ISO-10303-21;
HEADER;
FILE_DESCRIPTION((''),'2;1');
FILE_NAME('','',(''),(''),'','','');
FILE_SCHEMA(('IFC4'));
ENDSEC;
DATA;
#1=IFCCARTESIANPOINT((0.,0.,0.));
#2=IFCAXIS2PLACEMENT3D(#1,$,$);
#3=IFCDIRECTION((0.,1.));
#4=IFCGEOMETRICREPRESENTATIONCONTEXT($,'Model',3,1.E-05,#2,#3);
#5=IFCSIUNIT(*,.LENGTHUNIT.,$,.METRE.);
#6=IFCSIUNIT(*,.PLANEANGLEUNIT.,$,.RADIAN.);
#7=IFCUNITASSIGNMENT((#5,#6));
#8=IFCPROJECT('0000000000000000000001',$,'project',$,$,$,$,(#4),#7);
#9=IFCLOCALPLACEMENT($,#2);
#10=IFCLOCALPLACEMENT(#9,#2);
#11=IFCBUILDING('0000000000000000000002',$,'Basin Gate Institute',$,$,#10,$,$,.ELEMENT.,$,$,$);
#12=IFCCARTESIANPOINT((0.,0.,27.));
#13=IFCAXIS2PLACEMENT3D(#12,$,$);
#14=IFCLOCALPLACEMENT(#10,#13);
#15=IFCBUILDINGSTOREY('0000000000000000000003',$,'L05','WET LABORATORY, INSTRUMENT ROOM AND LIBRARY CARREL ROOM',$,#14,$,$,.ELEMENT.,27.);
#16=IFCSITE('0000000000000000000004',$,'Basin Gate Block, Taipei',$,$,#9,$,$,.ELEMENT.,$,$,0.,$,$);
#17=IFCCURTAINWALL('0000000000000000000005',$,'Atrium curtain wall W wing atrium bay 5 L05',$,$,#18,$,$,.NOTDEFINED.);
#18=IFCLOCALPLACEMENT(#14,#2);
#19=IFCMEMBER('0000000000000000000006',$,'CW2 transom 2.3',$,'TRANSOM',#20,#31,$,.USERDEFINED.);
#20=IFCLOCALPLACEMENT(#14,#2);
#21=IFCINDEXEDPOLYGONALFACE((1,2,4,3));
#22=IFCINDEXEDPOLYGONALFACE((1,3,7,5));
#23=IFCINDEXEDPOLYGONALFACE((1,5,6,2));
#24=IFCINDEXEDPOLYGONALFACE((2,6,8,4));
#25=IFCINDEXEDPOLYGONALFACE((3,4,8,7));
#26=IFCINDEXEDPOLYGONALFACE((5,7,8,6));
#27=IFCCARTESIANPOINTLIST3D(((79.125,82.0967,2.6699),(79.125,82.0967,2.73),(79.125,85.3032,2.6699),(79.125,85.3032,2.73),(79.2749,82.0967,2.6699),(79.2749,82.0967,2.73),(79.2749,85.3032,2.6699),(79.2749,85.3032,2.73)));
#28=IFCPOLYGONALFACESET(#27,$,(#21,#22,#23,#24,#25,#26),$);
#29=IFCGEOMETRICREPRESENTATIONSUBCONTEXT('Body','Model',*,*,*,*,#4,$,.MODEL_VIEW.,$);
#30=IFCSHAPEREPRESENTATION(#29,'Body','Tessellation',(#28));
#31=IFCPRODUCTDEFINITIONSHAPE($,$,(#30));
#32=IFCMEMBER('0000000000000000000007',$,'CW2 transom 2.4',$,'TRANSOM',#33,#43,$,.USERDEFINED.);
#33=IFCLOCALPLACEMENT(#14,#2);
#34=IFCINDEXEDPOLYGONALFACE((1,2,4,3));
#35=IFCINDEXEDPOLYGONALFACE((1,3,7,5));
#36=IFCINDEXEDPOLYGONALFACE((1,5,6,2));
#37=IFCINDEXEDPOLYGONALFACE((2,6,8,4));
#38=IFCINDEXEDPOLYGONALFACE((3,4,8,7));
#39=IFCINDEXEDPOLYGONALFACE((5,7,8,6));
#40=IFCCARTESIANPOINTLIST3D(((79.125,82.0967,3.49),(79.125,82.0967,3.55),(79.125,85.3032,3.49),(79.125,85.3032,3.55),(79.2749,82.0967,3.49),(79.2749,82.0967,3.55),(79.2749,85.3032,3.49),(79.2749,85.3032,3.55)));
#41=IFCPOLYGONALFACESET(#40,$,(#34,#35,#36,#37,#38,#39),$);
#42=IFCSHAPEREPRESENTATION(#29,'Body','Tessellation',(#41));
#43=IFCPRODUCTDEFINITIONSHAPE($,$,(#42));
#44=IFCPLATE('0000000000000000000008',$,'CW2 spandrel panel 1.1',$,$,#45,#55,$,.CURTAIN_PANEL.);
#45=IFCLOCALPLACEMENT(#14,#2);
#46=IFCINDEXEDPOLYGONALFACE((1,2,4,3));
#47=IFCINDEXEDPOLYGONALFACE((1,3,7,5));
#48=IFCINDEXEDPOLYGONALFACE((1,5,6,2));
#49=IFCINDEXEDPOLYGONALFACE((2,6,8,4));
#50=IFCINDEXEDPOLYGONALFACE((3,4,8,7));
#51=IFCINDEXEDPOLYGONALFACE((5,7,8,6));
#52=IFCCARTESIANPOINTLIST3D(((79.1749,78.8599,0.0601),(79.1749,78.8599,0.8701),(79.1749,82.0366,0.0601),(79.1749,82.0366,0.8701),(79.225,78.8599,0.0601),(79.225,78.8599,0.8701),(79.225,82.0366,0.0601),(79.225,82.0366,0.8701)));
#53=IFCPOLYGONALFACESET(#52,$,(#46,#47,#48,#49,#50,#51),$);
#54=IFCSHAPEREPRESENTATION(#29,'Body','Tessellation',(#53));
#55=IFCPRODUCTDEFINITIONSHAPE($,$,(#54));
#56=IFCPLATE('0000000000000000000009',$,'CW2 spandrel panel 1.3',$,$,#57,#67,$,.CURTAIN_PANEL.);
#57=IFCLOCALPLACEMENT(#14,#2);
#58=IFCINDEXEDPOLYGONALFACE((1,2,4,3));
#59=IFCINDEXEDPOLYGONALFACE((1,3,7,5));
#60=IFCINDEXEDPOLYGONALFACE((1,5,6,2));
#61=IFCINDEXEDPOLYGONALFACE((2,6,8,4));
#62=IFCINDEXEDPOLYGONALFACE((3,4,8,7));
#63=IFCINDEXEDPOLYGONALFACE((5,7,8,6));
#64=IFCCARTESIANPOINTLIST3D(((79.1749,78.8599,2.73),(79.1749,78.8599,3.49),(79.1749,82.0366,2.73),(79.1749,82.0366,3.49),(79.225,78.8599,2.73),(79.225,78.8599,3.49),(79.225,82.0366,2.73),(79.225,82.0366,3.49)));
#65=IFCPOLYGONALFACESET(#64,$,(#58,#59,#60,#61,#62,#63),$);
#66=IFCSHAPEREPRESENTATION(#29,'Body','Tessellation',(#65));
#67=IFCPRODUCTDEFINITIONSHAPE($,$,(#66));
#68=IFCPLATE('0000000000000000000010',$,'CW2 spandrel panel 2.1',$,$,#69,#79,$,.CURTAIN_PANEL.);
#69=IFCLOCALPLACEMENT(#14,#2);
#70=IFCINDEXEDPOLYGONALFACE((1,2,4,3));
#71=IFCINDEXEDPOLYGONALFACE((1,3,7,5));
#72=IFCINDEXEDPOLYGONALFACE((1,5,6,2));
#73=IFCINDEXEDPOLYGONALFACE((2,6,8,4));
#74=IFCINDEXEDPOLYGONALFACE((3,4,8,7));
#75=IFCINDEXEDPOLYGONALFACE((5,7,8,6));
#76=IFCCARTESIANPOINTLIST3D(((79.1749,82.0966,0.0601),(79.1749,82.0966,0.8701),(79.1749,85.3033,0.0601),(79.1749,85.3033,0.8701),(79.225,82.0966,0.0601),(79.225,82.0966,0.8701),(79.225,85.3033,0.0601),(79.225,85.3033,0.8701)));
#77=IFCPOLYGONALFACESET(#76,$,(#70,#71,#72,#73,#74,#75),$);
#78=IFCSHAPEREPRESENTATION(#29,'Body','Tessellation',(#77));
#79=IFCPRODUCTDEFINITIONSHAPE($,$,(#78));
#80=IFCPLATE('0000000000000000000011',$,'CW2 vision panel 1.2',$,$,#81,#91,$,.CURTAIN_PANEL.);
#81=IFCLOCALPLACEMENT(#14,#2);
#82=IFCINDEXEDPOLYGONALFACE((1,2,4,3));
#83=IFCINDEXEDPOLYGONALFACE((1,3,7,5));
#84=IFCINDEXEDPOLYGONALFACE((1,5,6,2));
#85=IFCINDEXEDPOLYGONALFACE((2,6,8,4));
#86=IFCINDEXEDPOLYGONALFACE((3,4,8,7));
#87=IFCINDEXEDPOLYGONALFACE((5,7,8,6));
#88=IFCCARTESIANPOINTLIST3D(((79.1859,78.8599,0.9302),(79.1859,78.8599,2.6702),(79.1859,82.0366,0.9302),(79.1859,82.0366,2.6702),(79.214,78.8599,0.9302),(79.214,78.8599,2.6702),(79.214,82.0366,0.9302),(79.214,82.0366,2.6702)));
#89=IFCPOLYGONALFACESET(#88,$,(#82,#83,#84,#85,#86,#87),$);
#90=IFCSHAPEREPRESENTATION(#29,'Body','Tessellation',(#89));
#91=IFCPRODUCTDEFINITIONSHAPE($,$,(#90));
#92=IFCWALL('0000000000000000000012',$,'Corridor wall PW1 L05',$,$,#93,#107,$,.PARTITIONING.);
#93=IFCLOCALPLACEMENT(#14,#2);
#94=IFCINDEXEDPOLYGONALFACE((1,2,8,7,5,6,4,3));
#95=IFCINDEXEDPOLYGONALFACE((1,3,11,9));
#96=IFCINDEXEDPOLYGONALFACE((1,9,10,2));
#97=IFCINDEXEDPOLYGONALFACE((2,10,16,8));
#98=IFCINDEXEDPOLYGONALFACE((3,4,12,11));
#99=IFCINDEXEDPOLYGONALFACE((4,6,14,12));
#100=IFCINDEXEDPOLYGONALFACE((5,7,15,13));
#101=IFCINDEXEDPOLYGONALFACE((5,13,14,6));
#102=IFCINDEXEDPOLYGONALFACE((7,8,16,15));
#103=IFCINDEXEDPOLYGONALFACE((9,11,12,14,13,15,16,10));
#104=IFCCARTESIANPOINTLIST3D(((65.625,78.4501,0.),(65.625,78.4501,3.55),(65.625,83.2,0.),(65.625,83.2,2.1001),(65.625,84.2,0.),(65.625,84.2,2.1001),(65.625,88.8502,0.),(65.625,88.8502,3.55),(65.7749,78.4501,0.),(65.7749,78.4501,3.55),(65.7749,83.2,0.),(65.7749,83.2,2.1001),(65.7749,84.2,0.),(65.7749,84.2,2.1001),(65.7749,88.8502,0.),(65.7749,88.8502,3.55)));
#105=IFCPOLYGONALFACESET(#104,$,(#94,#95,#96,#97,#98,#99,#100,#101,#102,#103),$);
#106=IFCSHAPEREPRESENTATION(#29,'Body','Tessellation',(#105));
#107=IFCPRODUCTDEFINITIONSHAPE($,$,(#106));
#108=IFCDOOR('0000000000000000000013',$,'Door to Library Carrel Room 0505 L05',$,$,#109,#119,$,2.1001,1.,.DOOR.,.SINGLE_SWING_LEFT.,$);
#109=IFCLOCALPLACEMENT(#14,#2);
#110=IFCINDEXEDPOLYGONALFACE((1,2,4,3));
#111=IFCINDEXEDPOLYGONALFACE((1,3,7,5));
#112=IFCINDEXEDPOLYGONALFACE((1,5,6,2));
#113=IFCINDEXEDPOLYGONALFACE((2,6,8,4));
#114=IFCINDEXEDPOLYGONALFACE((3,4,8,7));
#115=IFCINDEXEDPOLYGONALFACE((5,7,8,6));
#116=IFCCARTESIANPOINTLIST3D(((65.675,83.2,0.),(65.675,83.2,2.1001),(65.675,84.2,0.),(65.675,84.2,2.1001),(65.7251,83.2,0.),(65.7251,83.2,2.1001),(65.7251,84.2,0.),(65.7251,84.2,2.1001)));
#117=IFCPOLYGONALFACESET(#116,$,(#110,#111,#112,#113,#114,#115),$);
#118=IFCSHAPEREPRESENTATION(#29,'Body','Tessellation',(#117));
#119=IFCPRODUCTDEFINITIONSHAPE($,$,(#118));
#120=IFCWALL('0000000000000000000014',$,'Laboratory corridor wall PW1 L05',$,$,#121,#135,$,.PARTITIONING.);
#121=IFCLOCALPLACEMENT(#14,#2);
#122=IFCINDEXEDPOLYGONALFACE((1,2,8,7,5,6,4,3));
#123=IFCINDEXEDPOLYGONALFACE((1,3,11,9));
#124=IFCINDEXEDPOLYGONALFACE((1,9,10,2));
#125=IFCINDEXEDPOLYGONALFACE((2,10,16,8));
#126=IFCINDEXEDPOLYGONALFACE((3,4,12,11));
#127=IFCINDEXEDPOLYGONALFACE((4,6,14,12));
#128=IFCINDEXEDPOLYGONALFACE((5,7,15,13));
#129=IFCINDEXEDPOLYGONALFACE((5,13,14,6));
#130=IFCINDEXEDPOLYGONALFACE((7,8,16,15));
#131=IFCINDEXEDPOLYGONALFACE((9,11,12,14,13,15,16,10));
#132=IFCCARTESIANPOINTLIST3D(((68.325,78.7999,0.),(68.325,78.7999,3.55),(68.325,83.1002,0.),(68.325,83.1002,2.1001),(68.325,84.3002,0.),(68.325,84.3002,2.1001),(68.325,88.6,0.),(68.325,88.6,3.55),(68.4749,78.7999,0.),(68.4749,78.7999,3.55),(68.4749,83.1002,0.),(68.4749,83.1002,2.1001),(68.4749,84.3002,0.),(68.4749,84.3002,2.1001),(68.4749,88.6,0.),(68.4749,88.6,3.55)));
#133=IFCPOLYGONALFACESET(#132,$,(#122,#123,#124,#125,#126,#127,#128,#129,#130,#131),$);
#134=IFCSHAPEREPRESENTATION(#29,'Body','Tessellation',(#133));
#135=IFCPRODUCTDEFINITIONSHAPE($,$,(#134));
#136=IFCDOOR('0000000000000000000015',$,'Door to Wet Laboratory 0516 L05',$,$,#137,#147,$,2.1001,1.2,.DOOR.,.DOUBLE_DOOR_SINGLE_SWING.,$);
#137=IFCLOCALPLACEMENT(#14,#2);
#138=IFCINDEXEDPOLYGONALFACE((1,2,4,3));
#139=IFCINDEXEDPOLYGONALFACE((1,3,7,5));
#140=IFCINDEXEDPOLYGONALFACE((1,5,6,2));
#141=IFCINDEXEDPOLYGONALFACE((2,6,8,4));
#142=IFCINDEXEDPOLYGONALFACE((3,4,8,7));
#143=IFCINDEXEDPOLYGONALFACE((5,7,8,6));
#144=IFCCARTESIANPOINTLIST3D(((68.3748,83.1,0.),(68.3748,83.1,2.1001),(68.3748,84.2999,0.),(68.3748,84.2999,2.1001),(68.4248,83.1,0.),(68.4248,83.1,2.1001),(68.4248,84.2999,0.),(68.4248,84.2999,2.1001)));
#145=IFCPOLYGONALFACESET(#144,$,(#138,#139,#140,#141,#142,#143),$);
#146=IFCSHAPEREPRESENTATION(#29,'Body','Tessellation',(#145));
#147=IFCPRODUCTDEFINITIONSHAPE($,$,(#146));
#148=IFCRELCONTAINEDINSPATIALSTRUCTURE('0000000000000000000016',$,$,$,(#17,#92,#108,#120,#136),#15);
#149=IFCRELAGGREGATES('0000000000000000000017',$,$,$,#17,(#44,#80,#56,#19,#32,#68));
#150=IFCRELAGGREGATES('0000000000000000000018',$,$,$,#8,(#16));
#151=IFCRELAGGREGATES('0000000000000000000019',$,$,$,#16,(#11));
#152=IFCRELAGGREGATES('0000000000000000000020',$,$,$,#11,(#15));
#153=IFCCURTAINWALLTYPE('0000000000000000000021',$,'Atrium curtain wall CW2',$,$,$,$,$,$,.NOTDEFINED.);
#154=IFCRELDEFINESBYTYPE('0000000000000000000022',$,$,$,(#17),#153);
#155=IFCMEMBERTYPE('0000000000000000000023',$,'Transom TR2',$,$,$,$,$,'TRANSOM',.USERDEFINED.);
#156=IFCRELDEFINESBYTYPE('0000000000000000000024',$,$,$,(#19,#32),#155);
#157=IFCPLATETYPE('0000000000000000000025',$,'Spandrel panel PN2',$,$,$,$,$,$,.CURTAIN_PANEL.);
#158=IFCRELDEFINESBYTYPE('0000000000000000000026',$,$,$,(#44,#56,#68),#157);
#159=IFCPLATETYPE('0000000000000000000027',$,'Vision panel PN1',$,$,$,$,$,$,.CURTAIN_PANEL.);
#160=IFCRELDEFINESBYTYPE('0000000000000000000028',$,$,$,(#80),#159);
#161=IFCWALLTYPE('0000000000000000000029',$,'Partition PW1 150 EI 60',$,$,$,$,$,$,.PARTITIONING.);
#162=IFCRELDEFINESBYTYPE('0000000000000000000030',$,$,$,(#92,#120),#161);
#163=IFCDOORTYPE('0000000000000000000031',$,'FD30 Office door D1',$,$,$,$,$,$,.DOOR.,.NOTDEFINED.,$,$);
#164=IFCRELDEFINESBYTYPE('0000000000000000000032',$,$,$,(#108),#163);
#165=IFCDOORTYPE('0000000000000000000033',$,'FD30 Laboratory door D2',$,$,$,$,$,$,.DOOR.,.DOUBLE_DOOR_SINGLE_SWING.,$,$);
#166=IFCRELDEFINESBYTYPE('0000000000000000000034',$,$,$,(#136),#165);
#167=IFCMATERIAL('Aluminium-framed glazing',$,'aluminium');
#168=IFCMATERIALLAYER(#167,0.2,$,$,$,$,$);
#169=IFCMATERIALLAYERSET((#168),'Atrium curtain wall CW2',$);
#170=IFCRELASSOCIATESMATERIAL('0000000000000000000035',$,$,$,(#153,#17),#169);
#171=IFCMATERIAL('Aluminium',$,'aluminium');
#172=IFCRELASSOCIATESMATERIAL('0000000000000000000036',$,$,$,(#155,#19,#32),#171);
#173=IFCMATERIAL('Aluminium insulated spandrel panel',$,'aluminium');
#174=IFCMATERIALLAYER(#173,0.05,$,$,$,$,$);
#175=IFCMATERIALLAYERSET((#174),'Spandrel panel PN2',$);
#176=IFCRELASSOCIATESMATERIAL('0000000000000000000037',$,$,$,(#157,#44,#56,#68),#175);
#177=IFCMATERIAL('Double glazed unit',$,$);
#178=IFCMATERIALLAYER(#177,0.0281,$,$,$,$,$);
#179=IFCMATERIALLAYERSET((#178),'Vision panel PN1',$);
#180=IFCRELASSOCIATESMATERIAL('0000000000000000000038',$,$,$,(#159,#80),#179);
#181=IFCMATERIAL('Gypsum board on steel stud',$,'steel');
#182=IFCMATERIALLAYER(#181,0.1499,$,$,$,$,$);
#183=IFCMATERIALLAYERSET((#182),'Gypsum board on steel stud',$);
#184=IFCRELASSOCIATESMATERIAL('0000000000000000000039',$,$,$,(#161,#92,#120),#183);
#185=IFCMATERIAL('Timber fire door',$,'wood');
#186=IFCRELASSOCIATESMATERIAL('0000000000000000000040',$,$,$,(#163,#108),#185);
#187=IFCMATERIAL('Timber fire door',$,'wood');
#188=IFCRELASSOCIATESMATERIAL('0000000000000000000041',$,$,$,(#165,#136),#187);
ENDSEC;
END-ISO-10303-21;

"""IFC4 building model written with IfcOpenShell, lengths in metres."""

from ifc_helpers import new_model, si_unit, direction, frame, frame_2d, origin, origin_2d, place, context, subcontext, project, spatial, rectangle, extrude, material, layer, layer_set, material_profile, profile_set, type_object, element, fill, aggregate, save


model = new_model("IFC4")

# Units and contexts
model_context = context("Model", 3, precision=1e-05, world=origin(), true_north=direction((0.0, 1.0)))
body_context = subcontext(model_context, "Body", "Model", "MODEL_VIEW")
ifc_project = project(units=[si_unit("LENGTHUNIT", "METRE"), si_unit("PLANEANGLEUNIT", "RADIAN")], contexts=[model_context])

# Site, building, storey
site_placement = place(None, origin())
site = spatial("IfcSite", under=ifc_project, at=site_placement, Name="Basin Gate Block, Taipei", CompositionType="ELEMENT", RefElevation=0.0)
building_placement = place(site_placement, origin())
building = spatial("IfcBuilding", under=site, at=building_placement, Name="Basin Gate Institute", CompositionType="ELEMENT")
storey_placement = place(building_placement, frame((0.0, 0.0, 27.0)))
storey = spatial("IfcBuildingStorey", under=building, at=storey_placement, Name="L05", Description="WET LABORATORY, INSTRUMENT ROOM AND LIBRARY CARREL ROOM", CompositionType="ELEMENT", Elevation=27.0)

# Curtain wall
ifc_material_1 = material(Name="Aluminium-framed glazing", Category="aluminium")
ifc_layer_1 = layer(ifc_material_1, 0.2)
ifc_layer_set_1 = layer_set([ifc_layer_1], Name="Atrium curtain wall CW2")
curtain_wall_type = type_object("IfcCurtainWallType", Name="Atrium curtain wall CW2", PredefinedType="NOTDEFINED", material=ifc_layer_set_1)
curtain_wall_placement = place(storey_placement, origin())
curtain_wall = element("IfcCurtainWall", 1, at=curtain_wall_placement, inside=storey, type_object=curtain_wall_type, material=ifc_layer_set_1, Name="Atrium curtain wall W wing atrium bay 5 L05", PredefinedType="NOTDEFINED")

# Members
ifc_material_2 = material(Name="Aluminium", Category="aluminium")
ifc_material_profile_1 = material_profile(ifc_material_2, rectangle(XDim=0.1499, YDim=0.0601, at=origin_2d()), Name="Transom TR2 150 x 60")
ifc_profile_set_1 = profile_set([ifc_material_profile_1], Name="Aluminium")
member_type_1 = type_object("IfcMemberType", Name="Transom TR2", ElementType="TRANSOM", PredefinedType="USERDEFINED", material=ifc_profile_set_1)
member_1_placement = place(storey_placement, frame((79.2, 82.0967, 2.7), z_axis=(0.0, 1.0, 0.0), x_axis=(-1.0, 0.0, 0.0)))
member_1 = element("IfcMember", 2, at=member_1_placement, type_object=member_type_1, material=ifc_profile_set_1, Name="CW2 transom 2.3", ObjectType="TRANSOM", PredefinedType="USERDEFINED", context=body_context, shape_type="SweptSolid", body=[
    extrude(rectangle(XDim=0.1499, YDim=0.0601, at=origin_2d()), origin(), (0.0, 0.0, 1.0), 3.2065),
])
member_2_placement = place(storey_placement, frame((79.2, 82.0967, 3.52), z_axis=(0.0, 1.0, 0.0), x_axis=(-1.0, 0.0, 0.0)))
member_2 = element("IfcMember", 3, at=member_2_placement, type_object=member_type_1, material=ifc_profile_set_1, Name="CW2 transom 2.4", ObjectType="TRANSOM", PredefinedType="USERDEFINED", context=body_context, shape_type="SweptSolid", body=[
    extrude(rectangle(XDim=0.1499, YDim=0.0601, at=origin_2d()), origin(), (0.0, 0.0, 1.0), 3.2065),
])

# Plates
ifc_material_3 = material(Name="Aluminium insulated spandrel panel", Category="aluminium")
ifc_layer_2 = layer(ifc_material_3, 0.05)
ifc_layer_set_2 = layer_set([ifc_layer_2], Name="Spandrel panel PN2")
plate_type_1 = type_object("IfcPlateType", Name="Spandrel panel PN2", PredefinedType="CURTAIN_PANEL", material=ifc_layer_set_2)
plate_1_placement = place(storey_placement, frame((79.2, 80.4482, 0.0601), z_axis=(0.0, 0.0, 1.0), x_axis=(0.0, 1.0, 0.0)))
plate_1 = element("IfcPlate", 4, at=plate_1_placement, type_object=plate_type_1, material=ifc_layer_set_2, Name="CW2 spandrel panel 1.1", PredefinedType="CURTAIN_PANEL", context=body_context, shape_type="SweptSolid", body=[
    extrude(rectangle(XDim=3.1768, YDim=0.05, at=origin_2d()), origin(), (0.0, 0.0, 1.0), 0.8101),
])
plate_2_placement = place(storey_placement, frame((79.2, 80.4482, 2.73), z_axis=(0.0, 0.0, 1.0), x_axis=(0.0, 1.0, 0.0)))
plate_2 = element("IfcPlate", 5, at=plate_2_placement, type_object=plate_type_1, material=ifc_layer_set_2, Name="CW2 spandrel panel 1.3", PredefinedType="CURTAIN_PANEL", context=body_context, shape_type="SweptSolid", body=[
    extrude(rectangle(XDim=3.1768, YDim=0.05, at=origin_2d()), origin(), (0.0, 0.0, 1.0), 0.76),
])
plate_3_placement = place(storey_placement, frame((79.2, 83.7, 0.0601), z_axis=(0.0, 0.0, 1.0), x_axis=(0.0, 1.0, 0.0)))
plate_3 = element("IfcPlate", 6, at=plate_3_placement, type_object=plate_type_1, material=ifc_layer_set_2, Name="CW2 spandrel panel 2.1", PredefinedType="CURTAIN_PANEL", context=body_context, shape_type="SweptSolid", body=[
    extrude(rectangle(XDim=3.2068, YDim=0.05, at=origin_2d()), origin(), (0.0, 0.0, 1.0), 0.8101),
])
ifc_material_4 = material(Name="Double glazed unit")
ifc_layer_3 = layer(ifc_material_4, 0.0281)
ifc_layer_set_3 = layer_set([ifc_layer_3], Name="Vision panel PN1")
plate_type_2 = type_object("IfcPlateType", Name="Vision panel PN1", PredefinedType="CURTAIN_PANEL", material=ifc_layer_set_3)
plate_4_placement = place(storey_placement, frame((79.2, 80.4482, 0.9302), z_axis=(0.0, 0.0, 1.0), x_axis=(0.0, 1.0, 0.0)))
plate_4 = element("IfcPlate", 7, at=plate_4_placement, type_object=plate_type_2, material=ifc_layer_set_3, Name="CW2 vision panel 1.2", PredefinedType="CURTAIN_PANEL", context=body_context, shape_type="SweptSolid", body=[
    extrude(rectangle(XDim=3.1768, YDim=0.0281, at=origin_2d()), origin(), (0.0, 0.0, 1.0), 1.74),
])
aggregate(curtain_wall, [plate_1, plate_4, plate_2, member_1, member_2, plate_3])

# Walls, openings, doors
ifc_material_5 = material(Name="Gypsum board on steel stud", Category="steel")
ifc_layer_4 = layer(ifc_material_5, 0.1499)
ifc_layer_set_4 = layer_set([ifc_layer_4], Name="Gypsum board on steel stud")
wall_type = type_object("IfcWallType", Name="Partition PW1 150 EI 60", PredefinedType="PARTITIONING", material=ifc_layer_set_4)
wall_1_placement = place(storey_placement, frame((65.7, 78.45, 0.0), z_axis=(0.0, 0.0, 1.0), x_axis=(0.0, 1.0, 0.0)))
wall_1 = element("IfcWall", 8, at=wall_1_placement, inside=storey, type_object=wall_type, material=ifc_layer_set_4, Name="Corridor wall PW1 L05", PredefinedType="PARTITIONING", context=body_context, shape_type="SweptSolid", body=[
    extrude(rectangle(XDim=10.4001, YDim=0.1499, at=frame_2d((5.2002, 0.0))), origin(), (0.0, 0.0, 1.0), 3.55),
])
opening_1_placement = place(wall_1_placement, frame((4.75, 0.0, 0.0)))
opening_1 = element("IfcOpeningElement", 9, at=opening_1_placement, cuts=wall_1, PredefinedType="OPENING", context=body_context, shape_type="SweptSolid", body=[
    extrude(rectangle(XDim=1.0, YDim=2.1001, at=frame_2d((0.5, 1.05))), frame((0.0, 0.085, 0.0), z_axis=(0.0, -1.0, 0.0), x_axis=(1.0, 0.0, 0.0)), (0.0, 0.0, 1.0), 0.1699),
])
ifc_material_6 = material(Name="Timber fire door", Category="wood")
door_type_1 = type_object("IfcDoorType", Name="FD30 Office door D1", OperationType="NOTDEFINED", PredefinedType="DOOR", material=ifc_material_6)
door_1_placement = place(opening_1_placement, origin())
door_1 = element("IfcDoor", 10, at=door_1_placement, inside=storey, type_object=door_type_1, material=ifc_material_6, Name="Door to Library Carrel Room 0505 L05", OperationType="SINGLE_SWING_LEFT", OverallHeight=2.1001, OverallWidth=1.0, PredefinedType="DOOR", context=body_context, shape_type="SweptSolid", body=[
    extrude(rectangle(XDim=1.0, YDim=2.1001, at=frame_2d((0.5, 1.05))), frame((0.0, 0.0249, 0.0), z_axis=(0.0, -1.0, 0.0), x_axis=(1.0, 0.0, 0.0)), (0.0, 0.0, 1.0), 0.05),
])
fill(opening_1, door_1)
wall_2_placement = place(storey_placement, frame((68.3999, 78.8, 0.0), z_axis=(0.0, 0.0, 1.0), x_axis=(0.0, 1.0, 0.0)))
wall_2 = element("IfcWall", 11, at=wall_2_placement, inside=storey, type_object=wall_type, material=ifc_layer_set_4, Name="Laboratory corridor wall PW1 L05", PredefinedType="PARTITIONING", context=body_context, shape_type="SweptSolid", body=[
    extrude(rectangle(XDim=9.8, YDim=0.1499, at=frame_2d((4.8999, 0.0))), origin(), (0.0, 0.0, 1.0), 3.55),
])
opening_2_placement = place(wall_2_placement, frame((4.3, 0.0, 0.0)))
opening_2 = element("IfcOpeningElement", 12, at=opening_2_placement, cuts=wall_2, PredefinedType="OPENING", context=body_context, shape_type="SweptSolid", body=[
    extrude(rectangle(XDim=1.2, YDim=2.1001, at=frame_2d((0.6001, 1.05))), frame((0.0, 0.085, 0.0), z_axis=(0.0, -1.0, 0.0), x_axis=(1.0, 0.0, 0.0)), (0.0, 0.0, 1.0), 0.1699),
])
ifc_material_7 = material(Name="Timber fire door", Category="wood")
door_type_2 = type_object("IfcDoorType", Name="FD30 Laboratory door D2", OperationType="DOUBLE_DOOR_SINGLE_SWING", PredefinedType="DOOR", material=ifc_material_7)
door_2_placement = place(opening_2_placement, frame((1.2, 0.0, 0.0), z_axis=(0.0, 0.0, 1.0), x_axis=(-1.0, 0.0, 0.0)))
door_2 = element("IfcDoor", 13, at=door_2_placement, inside=storey, type_object=door_type_2, material=ifc_material_7, Name="Door to Wet Laboratory 0516 L05", OperationType="DOUBLE_DOOR_SINGLE_SWING", OverallHeight=2.1001, OverallWidth=1.2, PredefinedType="DOOR", context=body_context, shape_type="SweptSolid", body=[
    extrude(rectangle(XDim=1.2, YDim=2.1001, at=frame_2d((0.6001, 1.05))), frame((0.0, 0.0249, 0.0), z_axis=(0.0, -1.0, 0.0), x_axis=(1.0, 0.0, 0.0)), (0.0, 0.0, 1.0), 0.05),
])
fill(opening_2, door_2)

save(model, "model.ifc")
